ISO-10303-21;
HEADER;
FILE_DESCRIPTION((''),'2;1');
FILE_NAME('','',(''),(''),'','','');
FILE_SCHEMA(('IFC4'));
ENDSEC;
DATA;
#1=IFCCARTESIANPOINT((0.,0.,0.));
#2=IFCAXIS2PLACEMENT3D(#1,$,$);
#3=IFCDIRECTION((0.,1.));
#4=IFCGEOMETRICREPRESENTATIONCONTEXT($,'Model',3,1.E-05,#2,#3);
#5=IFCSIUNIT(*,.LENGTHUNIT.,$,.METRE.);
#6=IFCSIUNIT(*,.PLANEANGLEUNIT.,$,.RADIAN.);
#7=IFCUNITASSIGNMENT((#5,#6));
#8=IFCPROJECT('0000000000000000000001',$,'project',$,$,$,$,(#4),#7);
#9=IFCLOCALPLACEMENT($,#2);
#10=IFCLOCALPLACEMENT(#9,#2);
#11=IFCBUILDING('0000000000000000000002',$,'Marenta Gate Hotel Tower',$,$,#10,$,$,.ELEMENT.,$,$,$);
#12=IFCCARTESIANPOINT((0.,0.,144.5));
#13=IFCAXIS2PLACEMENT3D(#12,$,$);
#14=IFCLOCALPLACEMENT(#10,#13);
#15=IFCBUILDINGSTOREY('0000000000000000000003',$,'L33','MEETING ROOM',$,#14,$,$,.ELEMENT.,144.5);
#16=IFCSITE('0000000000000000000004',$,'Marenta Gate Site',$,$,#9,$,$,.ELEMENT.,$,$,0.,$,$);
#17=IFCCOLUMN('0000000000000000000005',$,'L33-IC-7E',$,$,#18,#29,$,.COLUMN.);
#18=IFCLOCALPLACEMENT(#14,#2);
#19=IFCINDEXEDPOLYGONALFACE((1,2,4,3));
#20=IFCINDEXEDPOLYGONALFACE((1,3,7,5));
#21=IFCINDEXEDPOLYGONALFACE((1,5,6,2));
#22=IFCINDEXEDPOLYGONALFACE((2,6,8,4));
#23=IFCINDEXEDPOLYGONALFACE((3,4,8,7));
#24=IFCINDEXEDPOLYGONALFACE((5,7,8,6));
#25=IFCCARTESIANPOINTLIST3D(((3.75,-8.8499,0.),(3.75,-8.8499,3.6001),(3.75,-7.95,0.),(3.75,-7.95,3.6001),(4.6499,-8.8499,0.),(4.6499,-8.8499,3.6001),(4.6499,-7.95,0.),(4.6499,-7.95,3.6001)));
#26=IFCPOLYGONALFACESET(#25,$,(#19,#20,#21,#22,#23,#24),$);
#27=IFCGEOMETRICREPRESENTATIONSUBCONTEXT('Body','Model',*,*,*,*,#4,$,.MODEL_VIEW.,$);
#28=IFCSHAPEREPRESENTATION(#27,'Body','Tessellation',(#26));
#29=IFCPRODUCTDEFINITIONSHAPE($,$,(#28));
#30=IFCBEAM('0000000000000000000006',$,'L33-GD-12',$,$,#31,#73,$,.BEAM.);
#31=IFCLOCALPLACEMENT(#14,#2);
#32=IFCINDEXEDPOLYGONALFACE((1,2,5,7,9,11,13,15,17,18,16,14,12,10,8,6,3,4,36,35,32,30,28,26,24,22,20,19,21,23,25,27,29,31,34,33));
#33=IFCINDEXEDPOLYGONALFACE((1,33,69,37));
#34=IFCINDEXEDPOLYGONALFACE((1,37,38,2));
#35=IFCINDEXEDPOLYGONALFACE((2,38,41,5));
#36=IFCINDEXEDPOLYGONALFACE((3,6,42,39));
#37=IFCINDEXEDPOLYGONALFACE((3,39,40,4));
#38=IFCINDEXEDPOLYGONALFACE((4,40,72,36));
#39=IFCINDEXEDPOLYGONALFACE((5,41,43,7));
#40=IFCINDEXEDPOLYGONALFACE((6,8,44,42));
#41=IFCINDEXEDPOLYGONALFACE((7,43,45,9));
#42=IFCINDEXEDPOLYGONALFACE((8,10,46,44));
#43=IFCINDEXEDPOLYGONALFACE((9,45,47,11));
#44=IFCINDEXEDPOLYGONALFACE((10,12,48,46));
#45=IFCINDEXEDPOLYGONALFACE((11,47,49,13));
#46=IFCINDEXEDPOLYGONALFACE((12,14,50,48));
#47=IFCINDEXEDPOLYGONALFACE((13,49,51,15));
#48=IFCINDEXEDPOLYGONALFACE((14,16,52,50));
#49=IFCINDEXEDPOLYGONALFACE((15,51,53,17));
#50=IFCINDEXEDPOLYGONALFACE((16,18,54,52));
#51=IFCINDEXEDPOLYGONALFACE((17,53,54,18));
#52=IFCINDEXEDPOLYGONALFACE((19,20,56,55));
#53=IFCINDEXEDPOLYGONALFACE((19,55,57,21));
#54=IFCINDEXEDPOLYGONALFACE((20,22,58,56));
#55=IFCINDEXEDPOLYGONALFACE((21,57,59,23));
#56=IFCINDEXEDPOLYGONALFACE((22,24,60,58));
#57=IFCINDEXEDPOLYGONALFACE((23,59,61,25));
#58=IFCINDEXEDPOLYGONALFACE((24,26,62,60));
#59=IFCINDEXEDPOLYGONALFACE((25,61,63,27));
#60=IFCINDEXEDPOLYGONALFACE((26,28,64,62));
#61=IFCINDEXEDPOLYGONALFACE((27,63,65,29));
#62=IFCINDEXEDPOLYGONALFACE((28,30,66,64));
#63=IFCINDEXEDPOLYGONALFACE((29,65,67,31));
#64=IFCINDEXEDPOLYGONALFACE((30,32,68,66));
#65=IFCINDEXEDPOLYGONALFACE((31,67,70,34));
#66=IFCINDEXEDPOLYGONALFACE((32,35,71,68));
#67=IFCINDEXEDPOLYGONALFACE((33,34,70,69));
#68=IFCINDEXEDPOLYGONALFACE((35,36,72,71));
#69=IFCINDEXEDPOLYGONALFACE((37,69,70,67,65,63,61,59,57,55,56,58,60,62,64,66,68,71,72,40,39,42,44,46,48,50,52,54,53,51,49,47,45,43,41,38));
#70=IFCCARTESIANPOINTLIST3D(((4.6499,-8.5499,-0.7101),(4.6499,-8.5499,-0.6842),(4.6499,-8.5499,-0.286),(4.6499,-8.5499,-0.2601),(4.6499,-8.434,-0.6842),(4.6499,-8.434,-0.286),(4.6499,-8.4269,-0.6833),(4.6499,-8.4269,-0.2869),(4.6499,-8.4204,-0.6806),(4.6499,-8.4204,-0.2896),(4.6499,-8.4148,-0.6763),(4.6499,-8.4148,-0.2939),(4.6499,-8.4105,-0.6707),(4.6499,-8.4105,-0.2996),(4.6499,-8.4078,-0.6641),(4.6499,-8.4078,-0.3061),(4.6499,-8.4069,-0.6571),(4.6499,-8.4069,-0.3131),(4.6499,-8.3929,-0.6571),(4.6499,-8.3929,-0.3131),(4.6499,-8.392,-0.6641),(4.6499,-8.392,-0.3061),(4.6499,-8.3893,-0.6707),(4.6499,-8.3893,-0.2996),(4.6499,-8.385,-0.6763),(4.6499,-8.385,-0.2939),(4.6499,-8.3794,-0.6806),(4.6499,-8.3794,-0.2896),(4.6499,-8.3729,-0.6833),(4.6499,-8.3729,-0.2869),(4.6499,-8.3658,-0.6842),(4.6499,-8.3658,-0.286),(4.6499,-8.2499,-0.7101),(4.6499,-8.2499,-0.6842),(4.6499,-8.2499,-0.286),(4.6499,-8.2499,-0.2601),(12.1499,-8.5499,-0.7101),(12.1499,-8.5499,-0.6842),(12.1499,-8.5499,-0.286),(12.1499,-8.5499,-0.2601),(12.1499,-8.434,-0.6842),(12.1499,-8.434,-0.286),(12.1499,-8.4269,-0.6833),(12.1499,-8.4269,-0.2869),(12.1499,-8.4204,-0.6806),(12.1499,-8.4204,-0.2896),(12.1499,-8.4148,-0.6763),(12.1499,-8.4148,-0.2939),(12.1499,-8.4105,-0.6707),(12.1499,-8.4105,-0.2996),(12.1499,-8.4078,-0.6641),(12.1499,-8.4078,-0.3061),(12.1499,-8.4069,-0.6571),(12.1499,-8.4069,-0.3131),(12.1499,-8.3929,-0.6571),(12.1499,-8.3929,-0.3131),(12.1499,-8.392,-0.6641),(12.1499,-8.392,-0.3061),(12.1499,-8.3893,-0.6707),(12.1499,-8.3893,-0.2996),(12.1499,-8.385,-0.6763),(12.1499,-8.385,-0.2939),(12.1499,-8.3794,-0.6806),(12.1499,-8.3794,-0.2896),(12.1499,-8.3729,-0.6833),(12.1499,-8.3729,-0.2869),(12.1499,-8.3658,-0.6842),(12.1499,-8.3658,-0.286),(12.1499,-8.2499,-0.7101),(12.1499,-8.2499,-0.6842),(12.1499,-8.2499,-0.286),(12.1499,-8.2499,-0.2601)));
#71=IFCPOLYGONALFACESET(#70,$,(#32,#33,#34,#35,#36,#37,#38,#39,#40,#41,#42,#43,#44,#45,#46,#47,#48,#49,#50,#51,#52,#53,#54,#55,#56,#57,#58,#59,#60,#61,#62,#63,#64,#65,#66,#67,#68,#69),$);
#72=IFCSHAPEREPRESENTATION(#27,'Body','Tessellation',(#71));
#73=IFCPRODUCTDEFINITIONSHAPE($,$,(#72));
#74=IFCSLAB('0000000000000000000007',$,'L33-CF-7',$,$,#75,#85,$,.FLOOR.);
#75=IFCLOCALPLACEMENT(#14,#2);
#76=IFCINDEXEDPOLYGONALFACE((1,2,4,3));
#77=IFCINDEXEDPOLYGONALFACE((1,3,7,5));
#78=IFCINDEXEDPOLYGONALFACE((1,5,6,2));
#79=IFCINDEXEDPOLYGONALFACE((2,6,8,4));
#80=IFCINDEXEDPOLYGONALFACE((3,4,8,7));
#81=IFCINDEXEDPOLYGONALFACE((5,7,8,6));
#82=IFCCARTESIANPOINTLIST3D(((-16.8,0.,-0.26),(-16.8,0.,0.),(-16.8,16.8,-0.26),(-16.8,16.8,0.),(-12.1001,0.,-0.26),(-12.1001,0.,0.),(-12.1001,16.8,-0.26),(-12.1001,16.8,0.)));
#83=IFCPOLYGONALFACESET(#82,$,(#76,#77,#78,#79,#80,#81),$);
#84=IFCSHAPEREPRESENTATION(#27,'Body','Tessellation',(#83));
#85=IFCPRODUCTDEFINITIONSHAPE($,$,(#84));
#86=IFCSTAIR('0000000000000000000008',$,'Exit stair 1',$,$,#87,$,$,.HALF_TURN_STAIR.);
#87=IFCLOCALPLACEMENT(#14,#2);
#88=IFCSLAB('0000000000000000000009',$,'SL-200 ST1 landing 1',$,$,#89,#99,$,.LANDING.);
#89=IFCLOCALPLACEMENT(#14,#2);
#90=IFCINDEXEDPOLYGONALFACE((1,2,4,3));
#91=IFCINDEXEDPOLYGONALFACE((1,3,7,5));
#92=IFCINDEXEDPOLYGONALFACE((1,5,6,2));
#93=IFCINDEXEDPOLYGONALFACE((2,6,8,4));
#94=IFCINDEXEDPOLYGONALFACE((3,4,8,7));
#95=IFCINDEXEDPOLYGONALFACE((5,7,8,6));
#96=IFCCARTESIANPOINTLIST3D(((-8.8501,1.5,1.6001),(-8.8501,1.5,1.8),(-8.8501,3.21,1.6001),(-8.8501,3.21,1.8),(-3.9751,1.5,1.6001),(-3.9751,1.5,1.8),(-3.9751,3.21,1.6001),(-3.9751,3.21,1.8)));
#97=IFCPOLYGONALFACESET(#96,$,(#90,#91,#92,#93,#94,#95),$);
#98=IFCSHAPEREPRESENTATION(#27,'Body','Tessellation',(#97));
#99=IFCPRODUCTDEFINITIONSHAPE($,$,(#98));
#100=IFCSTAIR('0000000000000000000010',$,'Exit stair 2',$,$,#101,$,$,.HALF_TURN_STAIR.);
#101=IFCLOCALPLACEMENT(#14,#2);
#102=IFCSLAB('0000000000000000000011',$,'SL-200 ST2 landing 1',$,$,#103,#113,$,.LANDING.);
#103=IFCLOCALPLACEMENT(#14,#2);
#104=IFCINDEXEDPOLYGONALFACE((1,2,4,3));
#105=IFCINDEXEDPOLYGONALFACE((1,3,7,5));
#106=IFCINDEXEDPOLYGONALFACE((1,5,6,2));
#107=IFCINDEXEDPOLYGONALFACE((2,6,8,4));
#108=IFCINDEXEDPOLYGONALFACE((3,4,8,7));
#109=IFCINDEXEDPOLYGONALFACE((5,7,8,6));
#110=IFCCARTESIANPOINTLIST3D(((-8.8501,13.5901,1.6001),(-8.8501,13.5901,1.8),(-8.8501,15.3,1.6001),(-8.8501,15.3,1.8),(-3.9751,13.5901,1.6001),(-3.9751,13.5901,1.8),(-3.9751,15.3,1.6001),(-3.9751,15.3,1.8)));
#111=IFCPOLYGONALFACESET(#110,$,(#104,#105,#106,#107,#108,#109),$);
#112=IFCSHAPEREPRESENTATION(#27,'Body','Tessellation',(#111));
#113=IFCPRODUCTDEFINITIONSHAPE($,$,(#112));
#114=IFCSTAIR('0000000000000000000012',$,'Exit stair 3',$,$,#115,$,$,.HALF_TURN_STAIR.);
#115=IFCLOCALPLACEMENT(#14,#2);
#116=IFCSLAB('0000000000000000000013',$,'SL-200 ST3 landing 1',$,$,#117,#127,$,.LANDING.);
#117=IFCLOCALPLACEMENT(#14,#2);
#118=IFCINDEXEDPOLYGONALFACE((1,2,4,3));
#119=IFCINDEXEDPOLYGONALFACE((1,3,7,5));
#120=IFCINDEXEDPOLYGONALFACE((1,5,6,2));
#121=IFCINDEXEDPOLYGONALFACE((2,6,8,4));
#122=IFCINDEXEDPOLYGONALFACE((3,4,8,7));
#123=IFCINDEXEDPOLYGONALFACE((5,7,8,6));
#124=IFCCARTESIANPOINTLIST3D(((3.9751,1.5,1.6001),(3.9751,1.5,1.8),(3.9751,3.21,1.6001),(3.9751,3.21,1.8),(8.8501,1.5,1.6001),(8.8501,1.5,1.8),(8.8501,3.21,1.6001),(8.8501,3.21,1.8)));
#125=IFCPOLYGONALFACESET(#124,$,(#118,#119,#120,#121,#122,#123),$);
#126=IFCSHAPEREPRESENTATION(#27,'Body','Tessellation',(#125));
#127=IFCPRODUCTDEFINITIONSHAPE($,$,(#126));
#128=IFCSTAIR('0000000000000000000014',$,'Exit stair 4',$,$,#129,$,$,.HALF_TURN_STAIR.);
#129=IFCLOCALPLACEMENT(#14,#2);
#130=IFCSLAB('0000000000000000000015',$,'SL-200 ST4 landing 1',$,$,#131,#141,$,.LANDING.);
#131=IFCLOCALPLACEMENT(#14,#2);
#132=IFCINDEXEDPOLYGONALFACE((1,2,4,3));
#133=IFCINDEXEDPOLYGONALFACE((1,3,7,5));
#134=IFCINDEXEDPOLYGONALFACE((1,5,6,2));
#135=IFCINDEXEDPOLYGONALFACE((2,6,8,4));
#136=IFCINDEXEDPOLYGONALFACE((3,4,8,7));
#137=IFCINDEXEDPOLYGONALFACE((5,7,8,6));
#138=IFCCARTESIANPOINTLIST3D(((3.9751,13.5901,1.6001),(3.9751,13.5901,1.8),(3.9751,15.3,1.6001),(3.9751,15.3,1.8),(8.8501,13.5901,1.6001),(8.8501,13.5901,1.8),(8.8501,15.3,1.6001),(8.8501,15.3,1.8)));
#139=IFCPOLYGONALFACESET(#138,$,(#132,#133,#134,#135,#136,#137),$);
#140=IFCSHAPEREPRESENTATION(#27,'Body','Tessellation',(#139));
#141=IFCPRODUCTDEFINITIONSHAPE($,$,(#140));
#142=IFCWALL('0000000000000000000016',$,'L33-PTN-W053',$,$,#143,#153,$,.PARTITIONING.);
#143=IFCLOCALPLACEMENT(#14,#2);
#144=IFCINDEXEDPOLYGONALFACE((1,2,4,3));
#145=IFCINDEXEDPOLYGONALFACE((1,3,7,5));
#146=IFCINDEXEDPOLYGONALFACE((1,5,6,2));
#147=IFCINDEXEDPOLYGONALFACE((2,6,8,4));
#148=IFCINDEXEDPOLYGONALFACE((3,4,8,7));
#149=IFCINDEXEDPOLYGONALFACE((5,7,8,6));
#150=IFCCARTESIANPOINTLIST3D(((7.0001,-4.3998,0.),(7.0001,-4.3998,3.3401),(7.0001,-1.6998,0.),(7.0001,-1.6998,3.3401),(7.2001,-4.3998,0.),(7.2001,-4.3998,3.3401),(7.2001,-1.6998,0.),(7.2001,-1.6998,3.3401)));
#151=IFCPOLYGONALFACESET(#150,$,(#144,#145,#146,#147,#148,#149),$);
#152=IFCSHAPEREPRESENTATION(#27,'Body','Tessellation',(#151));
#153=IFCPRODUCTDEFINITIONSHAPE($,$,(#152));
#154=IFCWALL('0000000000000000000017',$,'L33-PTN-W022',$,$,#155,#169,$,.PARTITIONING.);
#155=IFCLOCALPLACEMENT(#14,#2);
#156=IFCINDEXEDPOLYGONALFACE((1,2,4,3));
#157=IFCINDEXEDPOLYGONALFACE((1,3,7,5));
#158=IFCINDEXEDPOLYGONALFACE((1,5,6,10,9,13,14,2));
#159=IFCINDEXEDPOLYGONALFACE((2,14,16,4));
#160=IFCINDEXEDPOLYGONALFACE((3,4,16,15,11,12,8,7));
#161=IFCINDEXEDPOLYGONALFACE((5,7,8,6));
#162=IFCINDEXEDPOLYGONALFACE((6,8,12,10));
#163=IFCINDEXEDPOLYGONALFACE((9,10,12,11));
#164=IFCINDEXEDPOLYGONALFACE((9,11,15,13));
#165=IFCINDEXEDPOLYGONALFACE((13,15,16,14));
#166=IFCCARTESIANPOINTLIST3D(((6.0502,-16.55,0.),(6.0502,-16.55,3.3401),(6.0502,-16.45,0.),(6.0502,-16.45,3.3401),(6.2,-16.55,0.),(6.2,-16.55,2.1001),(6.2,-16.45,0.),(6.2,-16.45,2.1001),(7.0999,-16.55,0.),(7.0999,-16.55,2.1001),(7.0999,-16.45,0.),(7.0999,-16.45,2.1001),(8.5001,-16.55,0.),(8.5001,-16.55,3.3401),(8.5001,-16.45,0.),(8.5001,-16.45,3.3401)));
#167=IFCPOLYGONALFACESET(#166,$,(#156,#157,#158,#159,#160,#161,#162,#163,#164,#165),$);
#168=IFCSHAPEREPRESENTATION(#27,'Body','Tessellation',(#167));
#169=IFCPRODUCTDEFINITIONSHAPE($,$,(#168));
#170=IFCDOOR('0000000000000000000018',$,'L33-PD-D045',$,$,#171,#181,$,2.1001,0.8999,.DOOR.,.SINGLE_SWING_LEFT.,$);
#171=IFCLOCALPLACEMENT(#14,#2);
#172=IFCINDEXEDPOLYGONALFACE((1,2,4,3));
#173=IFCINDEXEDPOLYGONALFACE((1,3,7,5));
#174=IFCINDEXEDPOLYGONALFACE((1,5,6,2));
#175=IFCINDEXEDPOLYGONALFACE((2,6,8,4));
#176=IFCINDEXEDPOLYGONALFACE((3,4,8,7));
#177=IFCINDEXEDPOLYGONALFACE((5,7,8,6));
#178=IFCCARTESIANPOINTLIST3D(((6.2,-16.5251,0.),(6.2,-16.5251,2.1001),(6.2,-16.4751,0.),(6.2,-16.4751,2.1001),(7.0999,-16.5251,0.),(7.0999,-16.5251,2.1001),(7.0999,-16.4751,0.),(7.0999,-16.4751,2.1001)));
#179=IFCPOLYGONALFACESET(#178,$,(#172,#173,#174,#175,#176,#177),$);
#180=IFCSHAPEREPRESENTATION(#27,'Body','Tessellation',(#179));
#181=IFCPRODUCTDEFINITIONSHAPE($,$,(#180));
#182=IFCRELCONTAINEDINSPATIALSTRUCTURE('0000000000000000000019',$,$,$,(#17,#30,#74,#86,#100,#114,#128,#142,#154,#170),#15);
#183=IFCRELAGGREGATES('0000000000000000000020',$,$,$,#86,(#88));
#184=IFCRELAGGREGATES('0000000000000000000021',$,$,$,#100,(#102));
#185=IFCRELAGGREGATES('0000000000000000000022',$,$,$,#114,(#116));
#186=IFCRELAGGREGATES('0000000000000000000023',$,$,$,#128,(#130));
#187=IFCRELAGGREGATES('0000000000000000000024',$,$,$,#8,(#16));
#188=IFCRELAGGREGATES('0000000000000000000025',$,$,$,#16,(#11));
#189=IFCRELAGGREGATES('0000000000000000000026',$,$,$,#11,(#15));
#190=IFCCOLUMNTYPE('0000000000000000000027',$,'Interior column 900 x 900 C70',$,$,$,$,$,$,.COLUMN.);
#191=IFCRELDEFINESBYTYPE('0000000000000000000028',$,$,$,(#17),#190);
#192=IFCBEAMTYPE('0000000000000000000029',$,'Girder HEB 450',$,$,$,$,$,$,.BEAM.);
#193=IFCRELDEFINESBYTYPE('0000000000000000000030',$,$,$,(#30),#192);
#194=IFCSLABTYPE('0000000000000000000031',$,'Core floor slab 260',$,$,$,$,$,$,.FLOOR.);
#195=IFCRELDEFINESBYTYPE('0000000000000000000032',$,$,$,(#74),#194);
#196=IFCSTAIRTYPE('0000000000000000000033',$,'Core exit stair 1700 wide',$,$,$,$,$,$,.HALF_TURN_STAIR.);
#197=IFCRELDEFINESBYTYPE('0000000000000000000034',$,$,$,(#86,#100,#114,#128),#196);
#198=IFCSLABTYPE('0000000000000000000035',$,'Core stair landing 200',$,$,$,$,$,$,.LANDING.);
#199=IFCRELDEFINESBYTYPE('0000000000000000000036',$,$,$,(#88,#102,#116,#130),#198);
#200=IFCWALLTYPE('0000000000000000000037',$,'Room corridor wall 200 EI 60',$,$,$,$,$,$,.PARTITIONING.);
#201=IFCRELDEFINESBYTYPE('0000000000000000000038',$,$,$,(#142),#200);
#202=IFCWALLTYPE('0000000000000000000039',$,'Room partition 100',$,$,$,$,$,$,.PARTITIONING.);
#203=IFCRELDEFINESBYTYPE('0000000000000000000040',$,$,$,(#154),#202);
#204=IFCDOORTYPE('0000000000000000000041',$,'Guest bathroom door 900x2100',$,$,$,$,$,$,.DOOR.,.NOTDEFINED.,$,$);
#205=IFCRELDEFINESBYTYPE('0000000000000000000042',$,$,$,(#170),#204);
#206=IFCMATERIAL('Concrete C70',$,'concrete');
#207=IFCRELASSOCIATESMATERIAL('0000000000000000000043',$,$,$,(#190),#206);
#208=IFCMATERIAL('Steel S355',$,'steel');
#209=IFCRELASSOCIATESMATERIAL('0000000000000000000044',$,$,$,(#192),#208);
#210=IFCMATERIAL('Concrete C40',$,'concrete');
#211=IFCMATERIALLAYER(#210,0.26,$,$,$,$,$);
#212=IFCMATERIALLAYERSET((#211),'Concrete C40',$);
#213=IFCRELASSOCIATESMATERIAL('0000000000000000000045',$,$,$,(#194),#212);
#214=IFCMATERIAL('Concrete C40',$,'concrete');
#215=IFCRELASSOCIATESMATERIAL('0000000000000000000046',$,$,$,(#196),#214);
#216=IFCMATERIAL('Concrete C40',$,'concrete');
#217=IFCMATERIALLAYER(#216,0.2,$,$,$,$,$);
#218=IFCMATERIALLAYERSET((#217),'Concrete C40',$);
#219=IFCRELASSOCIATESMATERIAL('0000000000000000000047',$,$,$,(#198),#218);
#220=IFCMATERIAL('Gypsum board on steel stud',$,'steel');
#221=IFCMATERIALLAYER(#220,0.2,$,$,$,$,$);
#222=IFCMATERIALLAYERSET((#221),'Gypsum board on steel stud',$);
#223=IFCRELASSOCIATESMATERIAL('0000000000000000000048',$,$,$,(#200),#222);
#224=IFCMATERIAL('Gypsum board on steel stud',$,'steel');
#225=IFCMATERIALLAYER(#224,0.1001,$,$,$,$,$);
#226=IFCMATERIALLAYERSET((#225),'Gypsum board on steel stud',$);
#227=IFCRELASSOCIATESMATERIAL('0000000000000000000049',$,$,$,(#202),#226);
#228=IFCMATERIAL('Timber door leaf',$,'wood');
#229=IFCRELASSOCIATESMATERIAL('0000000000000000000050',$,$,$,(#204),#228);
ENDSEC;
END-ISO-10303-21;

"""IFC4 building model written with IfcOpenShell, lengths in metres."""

from ifc_helpers import new_model, si_unit, direction, frame, frame_2d, origin, origin_2d, place, context, subcontext, project, spatial, polyline, rectangle, i_section, outline, extrude, material, layer, layer_set, material_profile, profile_set, type_object, element, fill, aggregate, save


model = new_model("IFC4")

# Units and contexts
model_context = context("Model", 3, precision=1e-05, world=origin(), true_north=direction((0.0, 1.0)))
body_context = subcontext(model_context, "Body", "Model", "MODEL_VIEW")
ifc_project = project(units=[si_unit("LENGTHUNIT", "METRE"), si_unit("PLANEANGLEUNIT", "RADIAN")], contexts=[model_context])

# Site, building, storey
site_placement = place(None, origin())
site = spatial("IfcSite", under=ifc_project, at=site_placement, Name="Marenta Gate Site", CompositionType="ELEMENT", RefElevation=0.0)
building_placement = place(site_placement, origin())
building = spatial("IfcBuilding", under=site, at=building_placement, Name="Marenta Gate Hotel Tower", CompositionType="ELEMENT")
storey_placement = place(building_placement, frame((0.0, 0.0, 144.5)))
storey = spatial("IfcBuildingStorey", under=building, at=storey_placement, Name="L33", Description="MEETING ROOM", CompositionType="ELEMENT", Elevation=144.5)

# Column
ifc_material_1 = material(Name="Concrete C70", Category="concrete")
ifc_material_profile_1 = material_profile(ifc_material_1, rectangle(XDim=0.8999, YDim=0.8999, at=origin_2d()), Name="900 x 900")
ifc_profile_set_1 = profile_set([ifc_material_profile_1], Name="Concrete C70")
column_type = type_object("IfcColumnType", Name="Interior column 900 x 900 C70", PredefinedType="COLUMN", material=ifc_profile_set_1)
column_placement = place(storey_placement, frame((4.2, -8.3999, 0.0), z_axis=(0.0, 0.0, 1.0), x_axis=(1.0, 0.0, 0.0)))
element("IfcColumn", 1, at=column_placement, inside=storey, type_object=column_type, Name="L33-IC-7E", PredefinedType="COLUMN", context=body_context, shape_type="SweptSolid", body=[
    extrude(rectangle(XDim=0.8999, YDim=0.8999, at=origin_2d()), origin(), (0.0, 0.0, 1.0), 3.6001),
])

# Beam
ifc_material_2 = material(Name="Steel S355", Category="steel")
ifc_material_profile_2 = material_profile(ifc_material_2, i_section(OverallWidth=0.3, OverallDepth=0.45, WebThickness=0.0139, FlangeThickness=0.0259, FilletRadius=0.0271, at=origin_2d()), Name="HEB 450")
ifc_profile_set_2 = profile_set([ifc_material_profile_2], Name="Steel S355")
beam_type = type_object("IfcBeamType", Name="Girder HEB 450", PredefinedType="BEAM", material=ifc_profile_set_2)
beam_placement = place(storey_placement, frame((4.6499, -8.3999, -0.4851), z_axis=(1.0, 0.0, 0.0), x_axis=(0.0, 1.0, 0.0)))
element("IfcBeam", 2, at=beam_placement, inside=storey, type_object=beam_type, Name="L33-GD-12", PredefinedType="BEAM", context=body_context, shape_type="SweptSolid", body=[
    extrude(i_section(OverallWidth=0.3, OverallDepth=0.45, WebThickness=0.0139, FlangeThickness=0.0259, FilletRadius=0.0271, at=origin_2d()), origin(), (0.0, 0.0, 1.0), 7.5),
])

# Slab
ifc_material_3 = material(Name="Concrete C40", Category="concrete")
ifc_layer_1 = layer(ifc_material_3, 0.26)
ifc_layer_set_1 = layer_set([ifc_layer_1], Name="Concrete C40")
slab_type_1 = type_object("IfcSlabType", Name="Core floor slab 260", PredefinedType="FLOOR", material=ifc_layer_set_1)
slab_1_placement = place(storey_placement, frame((0.0, 0.0, -0.26)))
element("IfcSlab", 3, at=slab_1_placement, inside=storey, type_object=slab_type_1, Name="L33-CF-7", PredefinedType="FLOOR", context=body_context, shape_type="SweptSolid", body=[
    extrude(outline(polyline([(-12.1001, 16.8), (-12.1001, 0.0), (-16.8, 0.0), (-16.8, 16.8), (-12.1001, 16.8)])), origin(), (0.0, 0.0, 1.0), 0.26),
])

# Stairs, slabs
ifc_material_4 = material(Name="Concrete C40", Category="concrete")
stair_type = type_object("IfcStairType", Name="Core exit stair 1700 wide", PredefinedType="HALF_TURN_STAIR", material=ifc_material_4)
stair_1_placement = place(storey_placement, origin())
stair_1 = element("IfcStair", 4, at=stair_1_placement, inside=storey, type_object=stair_type, Name="Exit stair 1", PredefinedType="HALF_TURN_STAIR")
ifc_material_5 = material(Name="Concrete C40", Category="concrete")
ifc_layer_2 = layer(ifc_material_5, 0.2)
ifc_layer_set_2 = layer_set([ifc_layer_2], Name="Concrete C40")
slab_type_2 = type_object("IfcSlabType", Name="Core stair landing 200", PredefinedType="LANDING", material=ifc_layer_set_2)
slab_2_placement = place(storey_placement, frame((0.0, 0.0, 1.6001)))
slab_2 = element("IfcSlab", 5, at=slab_2_placement, type_object=slab_type_2, Name="SL-200 ST1 landing 1", PredefinedType="LANDING", context=body_context, shape_type="SweptSolid", body=[
    extrude(outline(polyline([(-8.8501, 1.5), (-3.9751, 1.5), (-3.9751, 3.21), (-8.8501, 3.21), (-8.8501, 1.5)])), origin(), (0.0, 0.0, 1.0), 0.2),
])
aggregate(stair_1, [slab_2])
stair_2_placement = place(storey_placement, origin())
stair_2 = element("IfcStair", 6, at=stair_2_placement, inside=storey, type_object=stair_type, Name="Exit stair 2", PredefinedType="HALF_TURN_STAIR")
slab_3_placement = place(storey_placement, frame((0.0, 0.0, 1.6001)))
slab_3 = element("IfcSlab", 7, at=slab_3_placement, type_object=slab_type_2, Name="SL-200 ST2 landing 1", PredefinedType="LANDING", context=body_context, shape_type="SweptSolid", body=[
    extrude(outline(polyline([(-8.8501, 13.5901), (-3.9751, 13.5901), (-3.9751, 15.3), (-8.8501, 15.3), (-8.8501, 13.5901)])), origin(), (0.0, 0.0, 1.0), 0.2),
])
aggregate(stair_2, [slab_3])
stair_3_placement = place(storey_placement, origin())
stair_3 = element("IfcStair", 8, at=stair_3_placement, inside=storey, type_object=stair_type, Name="Exit stair 3", PredefinedType="HALF_TURN_STAIR")
slab_4_placement = place(storey_placement, frame((0.0, 0.0, 1.6001)))
slab_4 = element("IfcSlab", 9, at=slab_4_placement, type_object=slab_type_2, Name="SL-200 ST3 landing 1", PredefinedType="LANDING", context=body_context, shape_type="SweptSolid", body=[
    extrude(outline(polyline([(3.9751, 1.5), (8.8501, 1.5), (8.8501, 3.21), (3.9751, 3.21), (3.9751, 1.5)])), origin(), (0.0, 0.0, 1.0), 0.2),
])
aggregate(stair_3, [slab_4])
stair_4_placement = place(storey_placement, origin())
stair_4 = element("IfcStair", 10, at=stair_4_placement, inside=storey, type_object=stair_type, Name="Exit stair 4", PredefinedType="HALF_TURN_STAIR")
slab_5_placement = place(storey_placement, frame((0.0, 0.0, 1.6001)))
slab_5 = element("IfcSlab", 11, at=slab_5_placement, type_object=slab_type_2, Name="SL-200 ST4 landing 1", PredefinedType="LANDING", context=body_context, shape_type="SweptSolid", body=[
    extrude(outline(polyline([(3.9751, 13.5901), (8.8501, 13.5901), (8.8501, 15.3), (3.9751, 15.3), (3.9751, 13.5901)])), origin(), (0.0, 0.0, 1.0), 0.2),
])
aggregate(stair_4, [slab_5])

# Wall
ifc_material_6 = material(Name="Gypsum board on steel stud", Category="steel")
ifc_layer_3 = layer(ifc_material_6, 0.2)
ifc_layer_set_3 = layer_set([ifc_layer_3], Name="Gypsum board on steel stud")
wall_type_1 = type_object("IfcWallType", Name="Room corridor wall 200 EI 60", PredefinedType="PARTITIONING", material=ifc_layer_set_3)
wall_1_placement = place(storey_placement, frame((7.1001, -4.3999, 0.0), z_axis=(0.0, 0.0, 1.0), x_axis=(0.0, 1.0, 0.0)))
element("IfcWall", 12, at=wall_1_placement, inside=storey, type_object=wall_type_1, Name="L33-PTN-W053", PredefinedType="PARTITIONING", context=body_context, shape_type="SweptSolid", body=[
    extrude(rectangle(XDim=2.7, YDim=0.2, at=frame_2d((1.3501, 0.0))), origin(), (0.0, 0.0, 1.0), 3.3401),
])

# Wall, opening, door
ifc_material_7 = material(Name="Gypsum board on steel stud", Category="steel")
ifc_layer_4 = layer(ifc_material_7, 0.1001)
ifc_layer_set_4 = layer_set([ifc_layer_4], Name="Gypsum board on steel stud")
wall_type_2 = type_object("IfcWallType", Name="Room partition 100", PredefinedType="PARTITIONING", material=ifc_layer_set_4)
wall_2_placement = place(storey_placement, frame((6.05, -16.5, 0.0), z_axis=(0.0, 0.0, 1.0), x_axis=(1.0, 0.0, 0.0)))
wall_2 = element("IfcWall", 13, at=wall_2_placement, inside=storey, type_object=wall_type_2, Name="L33-PTN-W022", PredefinedType="PARTITIONING", context=body_context, shape_type="SweptSolid", body=[
    extrude(rectangle(XDim=2.45, YDim=0.1001, at=frame_2d((1.2251, 0.0))), origin(), (0.0, 0.0, 1.0), 3.3401),
])
opening_1_placement = place(wall_2_placement, frame((0.1499, 0.0, 0.0)))
opening_1 = element("IfcOpeningElement", 14, at=opening_1_placement, cuts=wall_2, PredefinedType="OPENING", context=body_context, shape_type="SweptSolid", body=[
    extrude(rectangle(XDim=0.8999, YDim=2.1001, at=frame_2d((0.45, 1.05))), frame((0.0, 0.05, 0.0), z_axis=(0.0, -1.0, 0.0), x_axis=(1.0, 0.0, 0.0)), (0.0, 0.0, 1.0), 0.1001),
])
ifc_material_8 = material(Name="Timber door leaf", Category="wood")
door_type_1 = type_object("IfcDoorType", Name="Guest bathroom door 900x2100", OperationType="NOTDEFINED", PredefinedType="DOOR", material=ifc_material_8)
door_1_placement = place(opening_1_placement, origin())
door_1 = element("IfcDoor", 15, at=door_1_placement, inside=storey, type_object=door_type_1, Name="L33-PD-D045", OperationType="SINGLE_SWING_LEFT", OverallHeight=2.1001, OverallWidth=0.8999, PredefinedType="DOOR", context=body_context, shape_type="SweptSolid", body=[
    extrude(rectangle(XDim=0.8999, YDim=2.1001, at=frame_2d((0.45, 1.05))), frame((0.0, 0.0249, 0.0), z_axis=(0.0, -1.0, 0.0), x_axis=(1.0, 0.0, 0.0)), (0.0, 0.0, 1.0), 0.05),
])
fill(opening_1, door_1)

save(model, "model.ifc")
